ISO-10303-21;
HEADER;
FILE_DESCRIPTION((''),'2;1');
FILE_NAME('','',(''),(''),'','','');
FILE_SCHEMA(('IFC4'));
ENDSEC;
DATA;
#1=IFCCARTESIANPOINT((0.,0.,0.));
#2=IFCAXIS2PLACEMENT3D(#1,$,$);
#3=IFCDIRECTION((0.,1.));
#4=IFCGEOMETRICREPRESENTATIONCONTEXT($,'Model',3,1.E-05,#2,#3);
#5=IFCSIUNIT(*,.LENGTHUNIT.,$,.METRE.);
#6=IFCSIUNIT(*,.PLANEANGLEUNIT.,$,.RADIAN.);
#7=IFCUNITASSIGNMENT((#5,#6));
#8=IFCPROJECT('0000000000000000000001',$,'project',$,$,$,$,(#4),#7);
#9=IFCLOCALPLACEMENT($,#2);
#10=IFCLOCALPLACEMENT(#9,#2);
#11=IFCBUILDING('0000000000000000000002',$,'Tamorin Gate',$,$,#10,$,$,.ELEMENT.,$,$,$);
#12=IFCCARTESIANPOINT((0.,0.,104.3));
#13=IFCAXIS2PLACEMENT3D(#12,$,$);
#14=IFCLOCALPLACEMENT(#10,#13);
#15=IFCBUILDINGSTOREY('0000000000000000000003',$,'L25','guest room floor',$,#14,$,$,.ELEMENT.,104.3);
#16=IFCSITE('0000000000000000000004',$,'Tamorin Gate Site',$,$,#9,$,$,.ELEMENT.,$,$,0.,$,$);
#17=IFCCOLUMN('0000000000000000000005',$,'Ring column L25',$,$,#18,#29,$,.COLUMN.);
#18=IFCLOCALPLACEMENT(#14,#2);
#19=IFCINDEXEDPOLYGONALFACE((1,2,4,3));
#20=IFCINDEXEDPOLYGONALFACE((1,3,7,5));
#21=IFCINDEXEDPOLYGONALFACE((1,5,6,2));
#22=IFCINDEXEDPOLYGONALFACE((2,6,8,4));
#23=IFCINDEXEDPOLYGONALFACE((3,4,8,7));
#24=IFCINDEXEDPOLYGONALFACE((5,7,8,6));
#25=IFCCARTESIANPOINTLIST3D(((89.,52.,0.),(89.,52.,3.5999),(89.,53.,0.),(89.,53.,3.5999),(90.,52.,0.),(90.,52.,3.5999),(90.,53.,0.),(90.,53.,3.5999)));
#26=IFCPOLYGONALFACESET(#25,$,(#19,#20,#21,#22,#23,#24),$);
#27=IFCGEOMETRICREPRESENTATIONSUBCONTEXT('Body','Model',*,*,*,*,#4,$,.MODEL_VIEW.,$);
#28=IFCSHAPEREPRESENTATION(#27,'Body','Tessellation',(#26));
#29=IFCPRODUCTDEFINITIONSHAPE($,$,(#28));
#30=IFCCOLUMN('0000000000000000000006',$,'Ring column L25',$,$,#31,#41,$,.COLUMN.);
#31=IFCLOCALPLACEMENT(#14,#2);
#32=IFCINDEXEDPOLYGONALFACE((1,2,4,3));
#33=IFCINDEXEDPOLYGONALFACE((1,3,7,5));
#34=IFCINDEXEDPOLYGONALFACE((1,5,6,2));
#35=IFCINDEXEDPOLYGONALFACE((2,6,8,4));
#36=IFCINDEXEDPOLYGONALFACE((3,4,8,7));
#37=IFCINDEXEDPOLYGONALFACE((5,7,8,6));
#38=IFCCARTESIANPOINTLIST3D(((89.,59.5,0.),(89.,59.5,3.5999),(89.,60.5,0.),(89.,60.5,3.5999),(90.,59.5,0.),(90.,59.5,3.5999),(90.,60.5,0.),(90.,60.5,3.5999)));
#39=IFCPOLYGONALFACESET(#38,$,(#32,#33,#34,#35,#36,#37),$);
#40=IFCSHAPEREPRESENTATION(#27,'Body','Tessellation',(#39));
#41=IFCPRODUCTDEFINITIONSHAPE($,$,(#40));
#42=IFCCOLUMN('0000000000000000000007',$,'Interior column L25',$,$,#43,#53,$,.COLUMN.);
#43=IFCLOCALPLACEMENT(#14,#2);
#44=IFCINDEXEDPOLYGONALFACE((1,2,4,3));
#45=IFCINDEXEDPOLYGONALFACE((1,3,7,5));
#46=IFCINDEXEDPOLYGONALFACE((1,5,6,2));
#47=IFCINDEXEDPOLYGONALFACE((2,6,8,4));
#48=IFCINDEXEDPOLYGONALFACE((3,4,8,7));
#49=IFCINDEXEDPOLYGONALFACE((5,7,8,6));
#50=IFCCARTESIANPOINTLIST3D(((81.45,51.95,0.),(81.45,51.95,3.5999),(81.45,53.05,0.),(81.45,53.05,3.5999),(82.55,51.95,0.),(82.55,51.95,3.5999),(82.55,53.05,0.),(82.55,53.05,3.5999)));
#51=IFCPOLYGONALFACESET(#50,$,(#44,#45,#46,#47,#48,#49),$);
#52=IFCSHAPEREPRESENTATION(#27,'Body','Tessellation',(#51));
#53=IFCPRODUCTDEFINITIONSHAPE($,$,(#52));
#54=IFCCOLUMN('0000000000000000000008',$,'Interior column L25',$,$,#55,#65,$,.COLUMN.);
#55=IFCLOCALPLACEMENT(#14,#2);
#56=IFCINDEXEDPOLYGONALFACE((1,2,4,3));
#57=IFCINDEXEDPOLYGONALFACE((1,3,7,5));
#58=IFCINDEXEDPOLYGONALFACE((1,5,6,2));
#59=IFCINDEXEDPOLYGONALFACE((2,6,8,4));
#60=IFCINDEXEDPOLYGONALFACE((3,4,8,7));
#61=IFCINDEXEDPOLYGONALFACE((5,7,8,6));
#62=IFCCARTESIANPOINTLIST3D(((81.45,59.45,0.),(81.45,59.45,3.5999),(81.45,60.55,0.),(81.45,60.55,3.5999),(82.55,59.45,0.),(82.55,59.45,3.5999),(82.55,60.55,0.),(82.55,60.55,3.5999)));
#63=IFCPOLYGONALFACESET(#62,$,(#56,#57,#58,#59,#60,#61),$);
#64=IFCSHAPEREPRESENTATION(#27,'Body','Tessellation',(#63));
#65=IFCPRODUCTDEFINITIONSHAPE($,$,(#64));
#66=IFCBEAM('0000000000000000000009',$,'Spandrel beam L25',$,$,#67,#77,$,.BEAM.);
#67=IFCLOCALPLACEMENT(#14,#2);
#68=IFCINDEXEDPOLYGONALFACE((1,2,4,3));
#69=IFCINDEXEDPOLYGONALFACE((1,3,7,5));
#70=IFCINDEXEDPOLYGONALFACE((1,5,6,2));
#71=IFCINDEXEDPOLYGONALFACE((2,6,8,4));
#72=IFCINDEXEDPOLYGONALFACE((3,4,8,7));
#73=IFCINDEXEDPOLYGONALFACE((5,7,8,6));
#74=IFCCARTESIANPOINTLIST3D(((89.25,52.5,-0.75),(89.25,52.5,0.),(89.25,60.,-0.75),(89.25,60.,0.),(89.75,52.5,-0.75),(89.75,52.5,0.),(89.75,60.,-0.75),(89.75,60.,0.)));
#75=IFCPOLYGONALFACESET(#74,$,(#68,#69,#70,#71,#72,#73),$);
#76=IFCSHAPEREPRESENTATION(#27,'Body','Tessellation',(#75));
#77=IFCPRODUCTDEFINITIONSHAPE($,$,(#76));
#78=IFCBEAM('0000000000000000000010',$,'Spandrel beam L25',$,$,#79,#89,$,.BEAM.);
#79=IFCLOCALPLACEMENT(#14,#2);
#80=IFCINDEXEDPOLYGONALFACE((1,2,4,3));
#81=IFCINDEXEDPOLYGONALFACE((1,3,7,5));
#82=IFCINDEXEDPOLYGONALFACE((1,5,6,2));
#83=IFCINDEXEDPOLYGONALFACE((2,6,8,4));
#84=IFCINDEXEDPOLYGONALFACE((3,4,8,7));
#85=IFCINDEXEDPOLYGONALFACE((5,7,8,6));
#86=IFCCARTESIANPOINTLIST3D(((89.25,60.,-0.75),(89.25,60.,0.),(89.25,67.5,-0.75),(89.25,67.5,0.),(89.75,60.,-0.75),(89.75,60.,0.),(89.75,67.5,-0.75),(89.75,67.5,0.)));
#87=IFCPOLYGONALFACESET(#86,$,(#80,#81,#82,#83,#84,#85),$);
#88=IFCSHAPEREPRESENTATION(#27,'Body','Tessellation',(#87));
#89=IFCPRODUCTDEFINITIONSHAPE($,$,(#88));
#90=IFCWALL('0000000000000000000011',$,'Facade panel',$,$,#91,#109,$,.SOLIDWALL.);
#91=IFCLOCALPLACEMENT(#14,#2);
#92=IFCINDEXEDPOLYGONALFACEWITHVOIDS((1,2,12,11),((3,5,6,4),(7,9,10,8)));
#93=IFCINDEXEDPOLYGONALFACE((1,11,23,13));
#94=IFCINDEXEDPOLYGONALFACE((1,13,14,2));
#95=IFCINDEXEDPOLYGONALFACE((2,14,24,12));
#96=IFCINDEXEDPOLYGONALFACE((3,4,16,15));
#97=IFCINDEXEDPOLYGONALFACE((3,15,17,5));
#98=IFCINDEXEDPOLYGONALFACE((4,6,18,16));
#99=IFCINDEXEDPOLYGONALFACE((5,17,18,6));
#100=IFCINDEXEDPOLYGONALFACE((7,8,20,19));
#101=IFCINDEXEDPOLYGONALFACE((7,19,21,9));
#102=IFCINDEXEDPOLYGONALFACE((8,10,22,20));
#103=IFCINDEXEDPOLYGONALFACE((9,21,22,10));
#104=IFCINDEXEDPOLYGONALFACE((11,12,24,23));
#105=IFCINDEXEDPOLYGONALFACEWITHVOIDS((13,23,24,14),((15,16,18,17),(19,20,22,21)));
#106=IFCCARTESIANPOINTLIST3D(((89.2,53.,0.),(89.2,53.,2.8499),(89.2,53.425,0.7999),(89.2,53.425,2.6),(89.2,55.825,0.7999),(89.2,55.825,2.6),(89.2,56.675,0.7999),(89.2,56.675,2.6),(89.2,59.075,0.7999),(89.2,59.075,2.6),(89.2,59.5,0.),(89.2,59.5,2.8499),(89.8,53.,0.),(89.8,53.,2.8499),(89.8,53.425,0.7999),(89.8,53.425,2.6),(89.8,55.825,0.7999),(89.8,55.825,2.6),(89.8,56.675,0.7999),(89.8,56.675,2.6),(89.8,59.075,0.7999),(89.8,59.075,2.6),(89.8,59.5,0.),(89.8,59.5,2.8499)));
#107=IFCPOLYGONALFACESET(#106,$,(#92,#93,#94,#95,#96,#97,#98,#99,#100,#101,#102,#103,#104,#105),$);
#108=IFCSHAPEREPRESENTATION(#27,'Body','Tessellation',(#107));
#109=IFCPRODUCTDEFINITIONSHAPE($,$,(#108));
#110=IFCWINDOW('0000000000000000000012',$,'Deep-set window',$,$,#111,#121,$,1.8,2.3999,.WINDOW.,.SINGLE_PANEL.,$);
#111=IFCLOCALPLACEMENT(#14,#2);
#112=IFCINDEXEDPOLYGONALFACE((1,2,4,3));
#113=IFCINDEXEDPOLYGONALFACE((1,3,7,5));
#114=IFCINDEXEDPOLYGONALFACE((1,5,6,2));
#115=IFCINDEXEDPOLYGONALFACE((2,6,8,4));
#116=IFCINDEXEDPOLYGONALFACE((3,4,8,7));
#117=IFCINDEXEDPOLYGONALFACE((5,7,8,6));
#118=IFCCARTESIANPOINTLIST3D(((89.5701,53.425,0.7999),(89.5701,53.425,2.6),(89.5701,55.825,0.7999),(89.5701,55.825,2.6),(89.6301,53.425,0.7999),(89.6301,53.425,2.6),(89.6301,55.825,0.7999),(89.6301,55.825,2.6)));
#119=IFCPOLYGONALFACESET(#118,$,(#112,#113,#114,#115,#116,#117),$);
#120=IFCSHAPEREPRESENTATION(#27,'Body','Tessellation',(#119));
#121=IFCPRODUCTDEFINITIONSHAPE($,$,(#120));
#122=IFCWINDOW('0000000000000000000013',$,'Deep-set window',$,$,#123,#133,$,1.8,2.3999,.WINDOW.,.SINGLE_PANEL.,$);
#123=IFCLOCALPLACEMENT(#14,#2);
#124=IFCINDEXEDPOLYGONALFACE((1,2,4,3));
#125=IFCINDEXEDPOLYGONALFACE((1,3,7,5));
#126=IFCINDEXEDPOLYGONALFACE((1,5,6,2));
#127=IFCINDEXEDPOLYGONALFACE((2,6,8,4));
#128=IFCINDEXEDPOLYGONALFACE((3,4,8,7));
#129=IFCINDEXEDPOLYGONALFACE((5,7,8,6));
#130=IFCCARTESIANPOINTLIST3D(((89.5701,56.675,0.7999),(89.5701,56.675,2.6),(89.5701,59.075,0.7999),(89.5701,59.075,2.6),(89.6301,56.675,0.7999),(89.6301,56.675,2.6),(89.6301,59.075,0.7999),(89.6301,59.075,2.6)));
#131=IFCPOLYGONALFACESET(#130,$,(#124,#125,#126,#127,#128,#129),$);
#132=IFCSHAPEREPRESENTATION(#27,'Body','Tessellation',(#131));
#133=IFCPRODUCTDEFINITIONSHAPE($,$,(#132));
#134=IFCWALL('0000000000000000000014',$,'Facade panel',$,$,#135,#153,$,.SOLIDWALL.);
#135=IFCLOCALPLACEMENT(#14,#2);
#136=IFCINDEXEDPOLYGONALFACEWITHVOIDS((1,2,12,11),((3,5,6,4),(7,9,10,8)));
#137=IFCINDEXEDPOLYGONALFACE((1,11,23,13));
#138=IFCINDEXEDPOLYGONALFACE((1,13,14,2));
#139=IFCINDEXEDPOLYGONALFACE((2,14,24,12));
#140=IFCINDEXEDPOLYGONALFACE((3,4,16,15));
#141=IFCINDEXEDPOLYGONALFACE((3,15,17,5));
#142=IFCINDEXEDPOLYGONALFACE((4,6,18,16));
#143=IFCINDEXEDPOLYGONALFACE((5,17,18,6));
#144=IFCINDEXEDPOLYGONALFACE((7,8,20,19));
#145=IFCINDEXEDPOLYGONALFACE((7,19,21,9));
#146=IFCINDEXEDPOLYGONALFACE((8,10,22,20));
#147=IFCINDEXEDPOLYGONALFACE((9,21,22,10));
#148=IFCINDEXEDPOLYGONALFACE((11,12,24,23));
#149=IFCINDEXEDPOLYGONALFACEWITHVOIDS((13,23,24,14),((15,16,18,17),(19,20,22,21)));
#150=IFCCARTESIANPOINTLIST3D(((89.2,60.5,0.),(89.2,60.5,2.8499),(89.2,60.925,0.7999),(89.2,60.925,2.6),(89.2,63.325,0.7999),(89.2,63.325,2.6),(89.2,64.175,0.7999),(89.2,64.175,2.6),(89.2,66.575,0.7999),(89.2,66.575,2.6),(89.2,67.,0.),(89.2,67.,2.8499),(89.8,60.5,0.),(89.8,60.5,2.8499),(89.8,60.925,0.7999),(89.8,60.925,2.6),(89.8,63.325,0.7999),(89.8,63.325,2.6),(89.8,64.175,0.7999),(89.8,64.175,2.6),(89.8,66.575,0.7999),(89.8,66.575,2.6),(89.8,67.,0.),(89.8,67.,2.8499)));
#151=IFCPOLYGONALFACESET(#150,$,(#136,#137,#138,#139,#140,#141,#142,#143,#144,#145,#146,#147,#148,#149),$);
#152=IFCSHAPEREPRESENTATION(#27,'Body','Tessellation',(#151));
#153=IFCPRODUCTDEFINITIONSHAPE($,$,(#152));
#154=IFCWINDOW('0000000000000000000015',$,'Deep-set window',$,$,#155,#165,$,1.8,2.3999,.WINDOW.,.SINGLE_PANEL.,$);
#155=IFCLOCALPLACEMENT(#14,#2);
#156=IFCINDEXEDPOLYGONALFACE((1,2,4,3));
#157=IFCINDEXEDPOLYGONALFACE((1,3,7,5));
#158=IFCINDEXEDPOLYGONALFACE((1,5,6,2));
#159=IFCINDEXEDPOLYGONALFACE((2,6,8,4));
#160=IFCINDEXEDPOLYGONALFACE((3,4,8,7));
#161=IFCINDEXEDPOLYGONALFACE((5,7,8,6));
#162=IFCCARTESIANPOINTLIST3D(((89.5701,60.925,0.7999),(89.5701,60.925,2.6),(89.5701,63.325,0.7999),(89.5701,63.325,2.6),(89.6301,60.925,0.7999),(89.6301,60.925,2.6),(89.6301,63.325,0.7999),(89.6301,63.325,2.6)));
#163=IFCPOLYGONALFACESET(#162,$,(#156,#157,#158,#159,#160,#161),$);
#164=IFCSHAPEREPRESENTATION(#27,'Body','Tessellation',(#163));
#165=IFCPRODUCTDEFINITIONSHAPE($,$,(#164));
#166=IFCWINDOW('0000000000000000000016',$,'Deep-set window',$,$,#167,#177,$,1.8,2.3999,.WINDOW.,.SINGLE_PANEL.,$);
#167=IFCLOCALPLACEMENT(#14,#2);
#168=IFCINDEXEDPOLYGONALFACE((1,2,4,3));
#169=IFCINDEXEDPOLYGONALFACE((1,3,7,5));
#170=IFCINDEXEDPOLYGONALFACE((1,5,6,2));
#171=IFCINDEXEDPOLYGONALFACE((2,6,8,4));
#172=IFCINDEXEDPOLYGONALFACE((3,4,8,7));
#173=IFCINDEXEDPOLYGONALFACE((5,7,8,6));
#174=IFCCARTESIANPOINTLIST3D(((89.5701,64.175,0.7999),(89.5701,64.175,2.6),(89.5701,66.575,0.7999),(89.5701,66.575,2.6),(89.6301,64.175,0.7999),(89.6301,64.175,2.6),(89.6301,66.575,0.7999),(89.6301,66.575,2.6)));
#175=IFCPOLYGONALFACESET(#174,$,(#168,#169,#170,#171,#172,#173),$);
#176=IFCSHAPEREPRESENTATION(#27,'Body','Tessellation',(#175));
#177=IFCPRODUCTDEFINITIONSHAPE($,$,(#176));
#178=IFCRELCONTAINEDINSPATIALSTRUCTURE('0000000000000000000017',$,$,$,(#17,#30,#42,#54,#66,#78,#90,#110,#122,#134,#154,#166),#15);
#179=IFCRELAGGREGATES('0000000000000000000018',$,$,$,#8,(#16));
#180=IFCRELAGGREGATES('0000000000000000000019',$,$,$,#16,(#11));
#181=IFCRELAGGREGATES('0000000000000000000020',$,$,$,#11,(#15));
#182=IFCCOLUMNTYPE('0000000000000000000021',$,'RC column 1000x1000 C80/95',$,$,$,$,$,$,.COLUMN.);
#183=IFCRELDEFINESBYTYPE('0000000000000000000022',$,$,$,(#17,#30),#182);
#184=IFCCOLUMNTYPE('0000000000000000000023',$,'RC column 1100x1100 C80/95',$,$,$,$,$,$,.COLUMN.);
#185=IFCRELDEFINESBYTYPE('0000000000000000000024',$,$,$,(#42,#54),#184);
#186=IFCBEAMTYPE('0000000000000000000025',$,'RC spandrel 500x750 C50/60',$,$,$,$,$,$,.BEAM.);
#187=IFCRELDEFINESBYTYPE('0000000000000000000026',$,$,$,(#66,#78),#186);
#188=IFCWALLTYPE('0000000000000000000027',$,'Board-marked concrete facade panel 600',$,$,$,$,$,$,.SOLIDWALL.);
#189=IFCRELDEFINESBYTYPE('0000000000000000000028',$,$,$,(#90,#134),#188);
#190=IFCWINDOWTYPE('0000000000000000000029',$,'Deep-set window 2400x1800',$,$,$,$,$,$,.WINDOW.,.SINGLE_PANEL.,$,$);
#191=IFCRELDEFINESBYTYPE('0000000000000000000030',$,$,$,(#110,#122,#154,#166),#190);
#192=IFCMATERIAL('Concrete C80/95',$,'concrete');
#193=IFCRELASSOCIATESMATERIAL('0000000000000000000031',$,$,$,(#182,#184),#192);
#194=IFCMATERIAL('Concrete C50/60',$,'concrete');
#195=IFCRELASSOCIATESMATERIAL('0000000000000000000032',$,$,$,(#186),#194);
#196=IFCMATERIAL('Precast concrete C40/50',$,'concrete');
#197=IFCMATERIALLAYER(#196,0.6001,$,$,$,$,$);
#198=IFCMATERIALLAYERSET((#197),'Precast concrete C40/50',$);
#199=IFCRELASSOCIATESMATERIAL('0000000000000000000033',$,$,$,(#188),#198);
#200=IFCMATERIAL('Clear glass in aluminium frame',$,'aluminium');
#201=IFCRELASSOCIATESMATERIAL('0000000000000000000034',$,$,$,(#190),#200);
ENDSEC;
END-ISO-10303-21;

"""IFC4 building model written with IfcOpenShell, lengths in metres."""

from ifc_helpers import new_model, si_unit, direction, frame, frame_2d, origin, origin_2d, place, context, subcontext, project, spatial, rectangle, extrude, material, layer, layer_set, material_profile, profile_set, type_object, element, fill, save


model = new_model("IFC4")

# Units and contexts
model_context = context("Model", 3, precision=1e-05, world=origin(), true_north=direction((0.0, 1.0)))
body_context = subcontext(model_context, "Body", "Model", "MODEL_VIEW")
ifc_project = project(units=[si_unit("LENGTHUNIT", "METRE"), si_unit("PLANEANGLEUNIT", "RADIAN")], contexts=[model_context])

# Site, building, storey
site_placement = place(None, origin())
site = spatial("IfcSite", under=ifc_project, at=site_placement, Name="Tamorin Gate Site", CompositionType="ELEMENT", RefElevation=0.0)
building_placement = place(site_placement, origin())
building = spatial("IfcBuilding", under=site, at=building_placement, Name="Tamorin Gate", CompositionType="ELEMENT")
storey_placement = place(building_placement, frame((0.0, 0.0, 104.3)))
storey = spatial("IfcBuildingStorey", under=building, at=storey_placement, Name="L25", Description="guest room floor", CompositionType="ELEMENT", Elevation=104.3)

# Columns
ifc_material_1 = material(Name="Concrete C80/95", Category="concrete")
ifc_material_profile_1 = material_profile(ifc_material_1, rectangle(XDim=1.0, YDim=1.0, at=origin_2d()), Name="RC 1000x1000")
ifc_profile_set_1 = profile_set([ifc_material_profile_1], Name="Concrete C80/95")
column_type_1 = type_object("IfcColumnType", Name="RC column 1000x1000 C80/95", PredefinedType="COLUMN", material=ifc_profile_set_1)
for number, where, z_axis, x_axis, name in (
    (1, (89.5, 52.5, 0.0), (0.0, 0.0, 1.0), (1.0, 0.0, 0.0), "Ring column L25"),
    (2, (89.5, 60.0, 0.0), (0.0, 0.0, 1.0), (1.0, 0.0, 0.0), "Ring column L25"),
):
    element("IfcColumn", number, at=place(storey_placement, frame(where, z_axis=z_axis, x_axis=x_axis)), inside=storey, type_object=column_type_1, Name=name, PredefinedType="COLUMN", context=body_context, shape_type="SweptSolid", body=[
        extrude(rectangle(XDim=1.0, YDim=1.0, at=origin_2d()), origin(), (0.0, 0.0, 1.0), 3.5999),
    ])
ifc_material_profile_2 = material_profile(ifc_material_1, rectangle(XDim=1.1001, YDim=1.1001, at=origin_2d()), Name="RC 1100x1100")
ifc_profile_set_2 = profile_set([ifc_material_profile_2], Name="Concrete C80/95")
column_type_2 = type_object("IfcColumnType", Name="RC column 1100x1100 C80/95", PredefinedType="COLUMN", material=ifc_profile_set_2)
for number, where, z_axis, x_axis, name in (
    (3, (82.0, 52.5, 0.0), (0.0, 0.0, 1.0), (1.0, 0.0, 0.0), "Interior column L25"),
    (4, (82.0, 60.0, 0.0), (0.0, 0.0, 1.0), (1.0, 0.0, 0.0), "Interior column L25"),
):
    element("IfcColumn", number, at=place(storey_placement, frame(where, z_axis=z_axis, x_axis=x_axis)), inside=storey, type_object=column_type_2, Name=name, PredefinedType="COLUMN", context=body_context, shape_type="SweptSolid", body=[
        extrude(rectangle(XDim=1.1001, YDim=1.1001, at=origin_2d()), origin(), (0.0, 0.0, 1.0), 3.5999),
    ])

# Beams
ifc_material_2 = material(Name="Concrete C50/60", Category="concrete")
ifc_material_profile_3 = material_profile(ifc_material_2, rectangle(XDim=0.5, YDim=0.75, at=origin_2d()), Name="RC 500x750")
ifc_profile_set_3 = profile_set([ifc_material_profile_3], Name="Concrete C50/60")
beam_type = type_object("IfcBeamType", Name="RC spandrel 500x750 C50/60", PredefinedType="BEAM", material=ifc_profile_set_3)
for number, where, z_axis, x_axis, name in (
    (5, (89.5, 52.5, -0.375), (0.0, 1.0, 0.0), (-1.0, 0.0, 0.0), "Spandrel beam L25"),
    (6, (89.5, 60.0, -0.375), (0.0, 1.0, 0.0), (-1.0, 0.0, 0.0), "Spandrel beam L25"),
):
    element("IfcBeam", number, at=place(storey_placement, frame(where, z_axis=z_axis, x_axis=x_axis)), inside=storey, type_object=beam_type, Name=name, PredefinedType="BEAM", context=body_context, shape_type="SweptSolid", body=[
        extrude(rectangle(XDim=0.5, YDim=0.75, at=origin_2d()), origin(), (0.0, 0.0, 1.0), 7.5),
    ])

# Walls, openings, windows
ifc_material_3 = material(Name="Precast concrete C40/50", Category="concrete")
ifc_layer_1 = layer(ifc_material_3, 0.6001)
ifc_layer_set_1 = layer_set([ifc_layer_1], Name="Precast concrete C40/50")
wall_type_1 = type_object("IfcWallType", Name="Board-marked concrete facade panel 600", PredefinedType="SOLIDWALL", material=ifc_layer_set_1)
wall_1_placement = place(storey_placement, frame((89.5, 53.0, 0.0), z_axis=(0.0, 0.0, 1.0), x_axis=(0.0, 1.0, 0.0)))
wall_1 = element("IfcWall", 7, at=wall_1_placement, inside=storey, type_object=wall_type_1, Name="Facade panel", PredefinedType="SOLIDWALL", context=body_context, shape_type="SweptSolid", body=[
    extrude(rectangle(XDim=6.5, YDim=0.6001, at=frame_2d((3.25, 0.0))), origin(), (0.0, 0.0, 1.0), 2.8499),
])
opening_1_placement = place(wall_1_placement, frame((0.425, 0.0, 0.8)))
opening_1 = element("IfcOpeningElement", 8, at=opening_1_placement, cuts=wall_1, PredefinedType="OPENING", context=body_context, shape_type="SweptSolid", body=[
    extrude(rectangle(XDim=2.3999, YDim=1.8, at=frame_2d((1.2, 0.8999))), frame((0.0, 0.3101, 0.0), z_axis=(0.0, -1.0, 0.0), x_axis=(1.0, 0.0, 0.0)), (0.0, 0.0, 1.0), 0.6201),
])
opening_2_placement = place(wall_1_placement, frame((3.675, 0.0, 0.8)))
opening_2 = element("IfcOpeningElement", 9, at=opening_2_placement, cuts=wall_1, PredefinedType="OPENING", context=body_context, shape_type="SweptSolid", body=[
    extrude(rectangle(XDim=2.3999, YDim=1.8, at=frame_2d((1.2, 0.8999))), frame((0.0, 0.3101, 0.0), z_axis=(0.0, -1.0, 0.0), x_axis=(1.0, 0.0, 0.0)), (0.0, 0.0, 1.0), 0.6201),
])
ifc_material_4 = material(Name="Clear glass in aluminium frame", Category="aluminium")
window_type = type_object("IfcWindowType", Name="Deep-set window 2400x1800", PartitioningType="SINGLE_PANEL", PredefinedType="WINDOW", material=ifc_material_4)
window_1_placement = place(opening_1_placement, origin())
window_1 = element("IfcWindow", 10, at=window_1_placement, inside=storey, type_object=window_type, Name="Deep-set window", OverallHeight=1.8, OverallWidth=2.3999, PartitioningType="SINGLE_PANEL", PredefinedType="WINDOW", context=body_context, shape_type="SweptSolid", body=[
    extrude(rectangle(XDim=2.3999, YDim=1.8, at=frame_2d((1.2, 0.8999))), frame((0.0, -0.0701, 0.0), z_axis=(0.0, -1.0, 0.0), x_axis=(1.0, 0.0, 0.0)), (0.0, 0.0, 1.0), 0.0601),
])
fill(opening_1, window_1)
window_2_placement = place(opening_2_placement, origin())
window_2 = element("IfcWindow", 11, at=window_2_placement, inside=storey, type_object=window_type, Name="Deep-set window", OverallHeight=1.8, OverallWidth=2.3999, PartitioningType="SINGLE_PANEL", PredefinedType="WINDOW", context=body_context, shape_type="SweptSolid", body=[
    extrude(rectangle(XDim=2.3999, YDim=1.8, at=frame_2d((1.2, 0.8999))), frame((0.0, -0.0701, 0.0), z_axis=(0.0, -1.0, 0.0), x_axis=(1.0, 0.0, 0.0)), (0.0, 0.0, 1.0), 0.0601),
])
fill(opening_2, window_2)
wall_2_placement = place(storey_placement, frame((89.5, 60.5, 0.0), z_axis=(0.0, 0.0, 1.0), x_axis=(0.0, 1.0, 0.0)))
wall_2 = element("IfcWall", 12, at=wall_2_placement, inside=storey, type_object=wall_type_1, Name="Facade panel", PredefinedType="SOLIDWALL", context=body_context, shape_type="SweptSolid", body=[
    extrude(rectangle(XDim=6.5, YDim=0.6001, at=frame_2d((3.25, 0.0))), origin(), (0.0, 0.0, 1.0), 2.8499),
])
opening_3_placement = place(wall_2_placement, frame((0.425, 0.0, 0.8)))
opening_3 = element("IfcOpeningElement", 13, at=opening_3_placement, cuts=wall_2, PredefinedType="OPENING", context=body_context, shape_type="SweptSolid", body=[
    extrude(rectangle(XDim=2.3999, YDim=1.8, at=frame_2d((1.2, 0.8999))), frame((0.0, 0.3101, 0.0), z_axis=(0.0, -1.0, 0.0), x_axis=(1.0, 0.0, 0.0)), (0.0, 0.0, 1.0), 0.6201),
])
opening_4_placement = place(wall_2_placement, frame((3.675, 0.0, 0.8)))
opening_4 = element("IfcOpeningElement", 14, at=opening_4_placement, cuts=wall_2, PredefinedType="OPENING", context=body_context, shape_type="SweptSolid", body=[
    extrude(rectangle(XDim=2.3999, YDim=1.8, at=frame_2d((1.2, 0.8999))), frame((0.0, 0.3101, 0.0), z_axis=(0.0, -1.0, 0.0), x_axis=(1.0, 0.0, 0.0)), (0.0, 0.0, 1.0), 0.6201),
])
window_3_placement = place(opening_3_placement, origin())
window_3 = element("IfcWindow", 15, at=window_3_placement, inside=storey, type_object=window_type, Name="Deep-set window", OverallHeight=1.8, OverallWidth=2.3999, PartitioningType="SINGLE_PANEL", PredefinedType="WINDOW", context=body_context, shape_type="SweptSolid", body=[
    extrude(rectangle(XDim=2.3999, YDim=1.8, at=frame_2d((1.2, 0.8999))), frame((0.0, -0.0701, 0.0), z_axis=(0.0, -1.0, 0.0), x_axis=(1.0, 0.0, 0.0)), (0.0, 0.0, 1.0), 0.0601),
])
fill(opening_3, window_3)
window_4_placement = place(opening_4_placement, origin())
window_4 = element("IfcWindow", 16, at=window_4_placement, inside=storey, type_object=window_type, Name="Deep-set window", OverallHeight=1.8, OverallWidth=2.3999, PartitioningType="SINGLE_PANEL", PredefinedType="WINDOW", context=body_context, shape_type="SweptSolid", body=[
    extrude(rectangle(XDim=2.3999, YDim=1.8, at=frame_2d((1.2, 0.8999))), frame((0.0, -0.0701, 0.0), z_axis=(0.0, -1.0, 0.0), x_axis=(1.0, 0.0, 0.0)), (0.0, 0.0, 1.0), 0.0601),
])
fill(opening_4, window_4)

save(model, "model.ifc")
